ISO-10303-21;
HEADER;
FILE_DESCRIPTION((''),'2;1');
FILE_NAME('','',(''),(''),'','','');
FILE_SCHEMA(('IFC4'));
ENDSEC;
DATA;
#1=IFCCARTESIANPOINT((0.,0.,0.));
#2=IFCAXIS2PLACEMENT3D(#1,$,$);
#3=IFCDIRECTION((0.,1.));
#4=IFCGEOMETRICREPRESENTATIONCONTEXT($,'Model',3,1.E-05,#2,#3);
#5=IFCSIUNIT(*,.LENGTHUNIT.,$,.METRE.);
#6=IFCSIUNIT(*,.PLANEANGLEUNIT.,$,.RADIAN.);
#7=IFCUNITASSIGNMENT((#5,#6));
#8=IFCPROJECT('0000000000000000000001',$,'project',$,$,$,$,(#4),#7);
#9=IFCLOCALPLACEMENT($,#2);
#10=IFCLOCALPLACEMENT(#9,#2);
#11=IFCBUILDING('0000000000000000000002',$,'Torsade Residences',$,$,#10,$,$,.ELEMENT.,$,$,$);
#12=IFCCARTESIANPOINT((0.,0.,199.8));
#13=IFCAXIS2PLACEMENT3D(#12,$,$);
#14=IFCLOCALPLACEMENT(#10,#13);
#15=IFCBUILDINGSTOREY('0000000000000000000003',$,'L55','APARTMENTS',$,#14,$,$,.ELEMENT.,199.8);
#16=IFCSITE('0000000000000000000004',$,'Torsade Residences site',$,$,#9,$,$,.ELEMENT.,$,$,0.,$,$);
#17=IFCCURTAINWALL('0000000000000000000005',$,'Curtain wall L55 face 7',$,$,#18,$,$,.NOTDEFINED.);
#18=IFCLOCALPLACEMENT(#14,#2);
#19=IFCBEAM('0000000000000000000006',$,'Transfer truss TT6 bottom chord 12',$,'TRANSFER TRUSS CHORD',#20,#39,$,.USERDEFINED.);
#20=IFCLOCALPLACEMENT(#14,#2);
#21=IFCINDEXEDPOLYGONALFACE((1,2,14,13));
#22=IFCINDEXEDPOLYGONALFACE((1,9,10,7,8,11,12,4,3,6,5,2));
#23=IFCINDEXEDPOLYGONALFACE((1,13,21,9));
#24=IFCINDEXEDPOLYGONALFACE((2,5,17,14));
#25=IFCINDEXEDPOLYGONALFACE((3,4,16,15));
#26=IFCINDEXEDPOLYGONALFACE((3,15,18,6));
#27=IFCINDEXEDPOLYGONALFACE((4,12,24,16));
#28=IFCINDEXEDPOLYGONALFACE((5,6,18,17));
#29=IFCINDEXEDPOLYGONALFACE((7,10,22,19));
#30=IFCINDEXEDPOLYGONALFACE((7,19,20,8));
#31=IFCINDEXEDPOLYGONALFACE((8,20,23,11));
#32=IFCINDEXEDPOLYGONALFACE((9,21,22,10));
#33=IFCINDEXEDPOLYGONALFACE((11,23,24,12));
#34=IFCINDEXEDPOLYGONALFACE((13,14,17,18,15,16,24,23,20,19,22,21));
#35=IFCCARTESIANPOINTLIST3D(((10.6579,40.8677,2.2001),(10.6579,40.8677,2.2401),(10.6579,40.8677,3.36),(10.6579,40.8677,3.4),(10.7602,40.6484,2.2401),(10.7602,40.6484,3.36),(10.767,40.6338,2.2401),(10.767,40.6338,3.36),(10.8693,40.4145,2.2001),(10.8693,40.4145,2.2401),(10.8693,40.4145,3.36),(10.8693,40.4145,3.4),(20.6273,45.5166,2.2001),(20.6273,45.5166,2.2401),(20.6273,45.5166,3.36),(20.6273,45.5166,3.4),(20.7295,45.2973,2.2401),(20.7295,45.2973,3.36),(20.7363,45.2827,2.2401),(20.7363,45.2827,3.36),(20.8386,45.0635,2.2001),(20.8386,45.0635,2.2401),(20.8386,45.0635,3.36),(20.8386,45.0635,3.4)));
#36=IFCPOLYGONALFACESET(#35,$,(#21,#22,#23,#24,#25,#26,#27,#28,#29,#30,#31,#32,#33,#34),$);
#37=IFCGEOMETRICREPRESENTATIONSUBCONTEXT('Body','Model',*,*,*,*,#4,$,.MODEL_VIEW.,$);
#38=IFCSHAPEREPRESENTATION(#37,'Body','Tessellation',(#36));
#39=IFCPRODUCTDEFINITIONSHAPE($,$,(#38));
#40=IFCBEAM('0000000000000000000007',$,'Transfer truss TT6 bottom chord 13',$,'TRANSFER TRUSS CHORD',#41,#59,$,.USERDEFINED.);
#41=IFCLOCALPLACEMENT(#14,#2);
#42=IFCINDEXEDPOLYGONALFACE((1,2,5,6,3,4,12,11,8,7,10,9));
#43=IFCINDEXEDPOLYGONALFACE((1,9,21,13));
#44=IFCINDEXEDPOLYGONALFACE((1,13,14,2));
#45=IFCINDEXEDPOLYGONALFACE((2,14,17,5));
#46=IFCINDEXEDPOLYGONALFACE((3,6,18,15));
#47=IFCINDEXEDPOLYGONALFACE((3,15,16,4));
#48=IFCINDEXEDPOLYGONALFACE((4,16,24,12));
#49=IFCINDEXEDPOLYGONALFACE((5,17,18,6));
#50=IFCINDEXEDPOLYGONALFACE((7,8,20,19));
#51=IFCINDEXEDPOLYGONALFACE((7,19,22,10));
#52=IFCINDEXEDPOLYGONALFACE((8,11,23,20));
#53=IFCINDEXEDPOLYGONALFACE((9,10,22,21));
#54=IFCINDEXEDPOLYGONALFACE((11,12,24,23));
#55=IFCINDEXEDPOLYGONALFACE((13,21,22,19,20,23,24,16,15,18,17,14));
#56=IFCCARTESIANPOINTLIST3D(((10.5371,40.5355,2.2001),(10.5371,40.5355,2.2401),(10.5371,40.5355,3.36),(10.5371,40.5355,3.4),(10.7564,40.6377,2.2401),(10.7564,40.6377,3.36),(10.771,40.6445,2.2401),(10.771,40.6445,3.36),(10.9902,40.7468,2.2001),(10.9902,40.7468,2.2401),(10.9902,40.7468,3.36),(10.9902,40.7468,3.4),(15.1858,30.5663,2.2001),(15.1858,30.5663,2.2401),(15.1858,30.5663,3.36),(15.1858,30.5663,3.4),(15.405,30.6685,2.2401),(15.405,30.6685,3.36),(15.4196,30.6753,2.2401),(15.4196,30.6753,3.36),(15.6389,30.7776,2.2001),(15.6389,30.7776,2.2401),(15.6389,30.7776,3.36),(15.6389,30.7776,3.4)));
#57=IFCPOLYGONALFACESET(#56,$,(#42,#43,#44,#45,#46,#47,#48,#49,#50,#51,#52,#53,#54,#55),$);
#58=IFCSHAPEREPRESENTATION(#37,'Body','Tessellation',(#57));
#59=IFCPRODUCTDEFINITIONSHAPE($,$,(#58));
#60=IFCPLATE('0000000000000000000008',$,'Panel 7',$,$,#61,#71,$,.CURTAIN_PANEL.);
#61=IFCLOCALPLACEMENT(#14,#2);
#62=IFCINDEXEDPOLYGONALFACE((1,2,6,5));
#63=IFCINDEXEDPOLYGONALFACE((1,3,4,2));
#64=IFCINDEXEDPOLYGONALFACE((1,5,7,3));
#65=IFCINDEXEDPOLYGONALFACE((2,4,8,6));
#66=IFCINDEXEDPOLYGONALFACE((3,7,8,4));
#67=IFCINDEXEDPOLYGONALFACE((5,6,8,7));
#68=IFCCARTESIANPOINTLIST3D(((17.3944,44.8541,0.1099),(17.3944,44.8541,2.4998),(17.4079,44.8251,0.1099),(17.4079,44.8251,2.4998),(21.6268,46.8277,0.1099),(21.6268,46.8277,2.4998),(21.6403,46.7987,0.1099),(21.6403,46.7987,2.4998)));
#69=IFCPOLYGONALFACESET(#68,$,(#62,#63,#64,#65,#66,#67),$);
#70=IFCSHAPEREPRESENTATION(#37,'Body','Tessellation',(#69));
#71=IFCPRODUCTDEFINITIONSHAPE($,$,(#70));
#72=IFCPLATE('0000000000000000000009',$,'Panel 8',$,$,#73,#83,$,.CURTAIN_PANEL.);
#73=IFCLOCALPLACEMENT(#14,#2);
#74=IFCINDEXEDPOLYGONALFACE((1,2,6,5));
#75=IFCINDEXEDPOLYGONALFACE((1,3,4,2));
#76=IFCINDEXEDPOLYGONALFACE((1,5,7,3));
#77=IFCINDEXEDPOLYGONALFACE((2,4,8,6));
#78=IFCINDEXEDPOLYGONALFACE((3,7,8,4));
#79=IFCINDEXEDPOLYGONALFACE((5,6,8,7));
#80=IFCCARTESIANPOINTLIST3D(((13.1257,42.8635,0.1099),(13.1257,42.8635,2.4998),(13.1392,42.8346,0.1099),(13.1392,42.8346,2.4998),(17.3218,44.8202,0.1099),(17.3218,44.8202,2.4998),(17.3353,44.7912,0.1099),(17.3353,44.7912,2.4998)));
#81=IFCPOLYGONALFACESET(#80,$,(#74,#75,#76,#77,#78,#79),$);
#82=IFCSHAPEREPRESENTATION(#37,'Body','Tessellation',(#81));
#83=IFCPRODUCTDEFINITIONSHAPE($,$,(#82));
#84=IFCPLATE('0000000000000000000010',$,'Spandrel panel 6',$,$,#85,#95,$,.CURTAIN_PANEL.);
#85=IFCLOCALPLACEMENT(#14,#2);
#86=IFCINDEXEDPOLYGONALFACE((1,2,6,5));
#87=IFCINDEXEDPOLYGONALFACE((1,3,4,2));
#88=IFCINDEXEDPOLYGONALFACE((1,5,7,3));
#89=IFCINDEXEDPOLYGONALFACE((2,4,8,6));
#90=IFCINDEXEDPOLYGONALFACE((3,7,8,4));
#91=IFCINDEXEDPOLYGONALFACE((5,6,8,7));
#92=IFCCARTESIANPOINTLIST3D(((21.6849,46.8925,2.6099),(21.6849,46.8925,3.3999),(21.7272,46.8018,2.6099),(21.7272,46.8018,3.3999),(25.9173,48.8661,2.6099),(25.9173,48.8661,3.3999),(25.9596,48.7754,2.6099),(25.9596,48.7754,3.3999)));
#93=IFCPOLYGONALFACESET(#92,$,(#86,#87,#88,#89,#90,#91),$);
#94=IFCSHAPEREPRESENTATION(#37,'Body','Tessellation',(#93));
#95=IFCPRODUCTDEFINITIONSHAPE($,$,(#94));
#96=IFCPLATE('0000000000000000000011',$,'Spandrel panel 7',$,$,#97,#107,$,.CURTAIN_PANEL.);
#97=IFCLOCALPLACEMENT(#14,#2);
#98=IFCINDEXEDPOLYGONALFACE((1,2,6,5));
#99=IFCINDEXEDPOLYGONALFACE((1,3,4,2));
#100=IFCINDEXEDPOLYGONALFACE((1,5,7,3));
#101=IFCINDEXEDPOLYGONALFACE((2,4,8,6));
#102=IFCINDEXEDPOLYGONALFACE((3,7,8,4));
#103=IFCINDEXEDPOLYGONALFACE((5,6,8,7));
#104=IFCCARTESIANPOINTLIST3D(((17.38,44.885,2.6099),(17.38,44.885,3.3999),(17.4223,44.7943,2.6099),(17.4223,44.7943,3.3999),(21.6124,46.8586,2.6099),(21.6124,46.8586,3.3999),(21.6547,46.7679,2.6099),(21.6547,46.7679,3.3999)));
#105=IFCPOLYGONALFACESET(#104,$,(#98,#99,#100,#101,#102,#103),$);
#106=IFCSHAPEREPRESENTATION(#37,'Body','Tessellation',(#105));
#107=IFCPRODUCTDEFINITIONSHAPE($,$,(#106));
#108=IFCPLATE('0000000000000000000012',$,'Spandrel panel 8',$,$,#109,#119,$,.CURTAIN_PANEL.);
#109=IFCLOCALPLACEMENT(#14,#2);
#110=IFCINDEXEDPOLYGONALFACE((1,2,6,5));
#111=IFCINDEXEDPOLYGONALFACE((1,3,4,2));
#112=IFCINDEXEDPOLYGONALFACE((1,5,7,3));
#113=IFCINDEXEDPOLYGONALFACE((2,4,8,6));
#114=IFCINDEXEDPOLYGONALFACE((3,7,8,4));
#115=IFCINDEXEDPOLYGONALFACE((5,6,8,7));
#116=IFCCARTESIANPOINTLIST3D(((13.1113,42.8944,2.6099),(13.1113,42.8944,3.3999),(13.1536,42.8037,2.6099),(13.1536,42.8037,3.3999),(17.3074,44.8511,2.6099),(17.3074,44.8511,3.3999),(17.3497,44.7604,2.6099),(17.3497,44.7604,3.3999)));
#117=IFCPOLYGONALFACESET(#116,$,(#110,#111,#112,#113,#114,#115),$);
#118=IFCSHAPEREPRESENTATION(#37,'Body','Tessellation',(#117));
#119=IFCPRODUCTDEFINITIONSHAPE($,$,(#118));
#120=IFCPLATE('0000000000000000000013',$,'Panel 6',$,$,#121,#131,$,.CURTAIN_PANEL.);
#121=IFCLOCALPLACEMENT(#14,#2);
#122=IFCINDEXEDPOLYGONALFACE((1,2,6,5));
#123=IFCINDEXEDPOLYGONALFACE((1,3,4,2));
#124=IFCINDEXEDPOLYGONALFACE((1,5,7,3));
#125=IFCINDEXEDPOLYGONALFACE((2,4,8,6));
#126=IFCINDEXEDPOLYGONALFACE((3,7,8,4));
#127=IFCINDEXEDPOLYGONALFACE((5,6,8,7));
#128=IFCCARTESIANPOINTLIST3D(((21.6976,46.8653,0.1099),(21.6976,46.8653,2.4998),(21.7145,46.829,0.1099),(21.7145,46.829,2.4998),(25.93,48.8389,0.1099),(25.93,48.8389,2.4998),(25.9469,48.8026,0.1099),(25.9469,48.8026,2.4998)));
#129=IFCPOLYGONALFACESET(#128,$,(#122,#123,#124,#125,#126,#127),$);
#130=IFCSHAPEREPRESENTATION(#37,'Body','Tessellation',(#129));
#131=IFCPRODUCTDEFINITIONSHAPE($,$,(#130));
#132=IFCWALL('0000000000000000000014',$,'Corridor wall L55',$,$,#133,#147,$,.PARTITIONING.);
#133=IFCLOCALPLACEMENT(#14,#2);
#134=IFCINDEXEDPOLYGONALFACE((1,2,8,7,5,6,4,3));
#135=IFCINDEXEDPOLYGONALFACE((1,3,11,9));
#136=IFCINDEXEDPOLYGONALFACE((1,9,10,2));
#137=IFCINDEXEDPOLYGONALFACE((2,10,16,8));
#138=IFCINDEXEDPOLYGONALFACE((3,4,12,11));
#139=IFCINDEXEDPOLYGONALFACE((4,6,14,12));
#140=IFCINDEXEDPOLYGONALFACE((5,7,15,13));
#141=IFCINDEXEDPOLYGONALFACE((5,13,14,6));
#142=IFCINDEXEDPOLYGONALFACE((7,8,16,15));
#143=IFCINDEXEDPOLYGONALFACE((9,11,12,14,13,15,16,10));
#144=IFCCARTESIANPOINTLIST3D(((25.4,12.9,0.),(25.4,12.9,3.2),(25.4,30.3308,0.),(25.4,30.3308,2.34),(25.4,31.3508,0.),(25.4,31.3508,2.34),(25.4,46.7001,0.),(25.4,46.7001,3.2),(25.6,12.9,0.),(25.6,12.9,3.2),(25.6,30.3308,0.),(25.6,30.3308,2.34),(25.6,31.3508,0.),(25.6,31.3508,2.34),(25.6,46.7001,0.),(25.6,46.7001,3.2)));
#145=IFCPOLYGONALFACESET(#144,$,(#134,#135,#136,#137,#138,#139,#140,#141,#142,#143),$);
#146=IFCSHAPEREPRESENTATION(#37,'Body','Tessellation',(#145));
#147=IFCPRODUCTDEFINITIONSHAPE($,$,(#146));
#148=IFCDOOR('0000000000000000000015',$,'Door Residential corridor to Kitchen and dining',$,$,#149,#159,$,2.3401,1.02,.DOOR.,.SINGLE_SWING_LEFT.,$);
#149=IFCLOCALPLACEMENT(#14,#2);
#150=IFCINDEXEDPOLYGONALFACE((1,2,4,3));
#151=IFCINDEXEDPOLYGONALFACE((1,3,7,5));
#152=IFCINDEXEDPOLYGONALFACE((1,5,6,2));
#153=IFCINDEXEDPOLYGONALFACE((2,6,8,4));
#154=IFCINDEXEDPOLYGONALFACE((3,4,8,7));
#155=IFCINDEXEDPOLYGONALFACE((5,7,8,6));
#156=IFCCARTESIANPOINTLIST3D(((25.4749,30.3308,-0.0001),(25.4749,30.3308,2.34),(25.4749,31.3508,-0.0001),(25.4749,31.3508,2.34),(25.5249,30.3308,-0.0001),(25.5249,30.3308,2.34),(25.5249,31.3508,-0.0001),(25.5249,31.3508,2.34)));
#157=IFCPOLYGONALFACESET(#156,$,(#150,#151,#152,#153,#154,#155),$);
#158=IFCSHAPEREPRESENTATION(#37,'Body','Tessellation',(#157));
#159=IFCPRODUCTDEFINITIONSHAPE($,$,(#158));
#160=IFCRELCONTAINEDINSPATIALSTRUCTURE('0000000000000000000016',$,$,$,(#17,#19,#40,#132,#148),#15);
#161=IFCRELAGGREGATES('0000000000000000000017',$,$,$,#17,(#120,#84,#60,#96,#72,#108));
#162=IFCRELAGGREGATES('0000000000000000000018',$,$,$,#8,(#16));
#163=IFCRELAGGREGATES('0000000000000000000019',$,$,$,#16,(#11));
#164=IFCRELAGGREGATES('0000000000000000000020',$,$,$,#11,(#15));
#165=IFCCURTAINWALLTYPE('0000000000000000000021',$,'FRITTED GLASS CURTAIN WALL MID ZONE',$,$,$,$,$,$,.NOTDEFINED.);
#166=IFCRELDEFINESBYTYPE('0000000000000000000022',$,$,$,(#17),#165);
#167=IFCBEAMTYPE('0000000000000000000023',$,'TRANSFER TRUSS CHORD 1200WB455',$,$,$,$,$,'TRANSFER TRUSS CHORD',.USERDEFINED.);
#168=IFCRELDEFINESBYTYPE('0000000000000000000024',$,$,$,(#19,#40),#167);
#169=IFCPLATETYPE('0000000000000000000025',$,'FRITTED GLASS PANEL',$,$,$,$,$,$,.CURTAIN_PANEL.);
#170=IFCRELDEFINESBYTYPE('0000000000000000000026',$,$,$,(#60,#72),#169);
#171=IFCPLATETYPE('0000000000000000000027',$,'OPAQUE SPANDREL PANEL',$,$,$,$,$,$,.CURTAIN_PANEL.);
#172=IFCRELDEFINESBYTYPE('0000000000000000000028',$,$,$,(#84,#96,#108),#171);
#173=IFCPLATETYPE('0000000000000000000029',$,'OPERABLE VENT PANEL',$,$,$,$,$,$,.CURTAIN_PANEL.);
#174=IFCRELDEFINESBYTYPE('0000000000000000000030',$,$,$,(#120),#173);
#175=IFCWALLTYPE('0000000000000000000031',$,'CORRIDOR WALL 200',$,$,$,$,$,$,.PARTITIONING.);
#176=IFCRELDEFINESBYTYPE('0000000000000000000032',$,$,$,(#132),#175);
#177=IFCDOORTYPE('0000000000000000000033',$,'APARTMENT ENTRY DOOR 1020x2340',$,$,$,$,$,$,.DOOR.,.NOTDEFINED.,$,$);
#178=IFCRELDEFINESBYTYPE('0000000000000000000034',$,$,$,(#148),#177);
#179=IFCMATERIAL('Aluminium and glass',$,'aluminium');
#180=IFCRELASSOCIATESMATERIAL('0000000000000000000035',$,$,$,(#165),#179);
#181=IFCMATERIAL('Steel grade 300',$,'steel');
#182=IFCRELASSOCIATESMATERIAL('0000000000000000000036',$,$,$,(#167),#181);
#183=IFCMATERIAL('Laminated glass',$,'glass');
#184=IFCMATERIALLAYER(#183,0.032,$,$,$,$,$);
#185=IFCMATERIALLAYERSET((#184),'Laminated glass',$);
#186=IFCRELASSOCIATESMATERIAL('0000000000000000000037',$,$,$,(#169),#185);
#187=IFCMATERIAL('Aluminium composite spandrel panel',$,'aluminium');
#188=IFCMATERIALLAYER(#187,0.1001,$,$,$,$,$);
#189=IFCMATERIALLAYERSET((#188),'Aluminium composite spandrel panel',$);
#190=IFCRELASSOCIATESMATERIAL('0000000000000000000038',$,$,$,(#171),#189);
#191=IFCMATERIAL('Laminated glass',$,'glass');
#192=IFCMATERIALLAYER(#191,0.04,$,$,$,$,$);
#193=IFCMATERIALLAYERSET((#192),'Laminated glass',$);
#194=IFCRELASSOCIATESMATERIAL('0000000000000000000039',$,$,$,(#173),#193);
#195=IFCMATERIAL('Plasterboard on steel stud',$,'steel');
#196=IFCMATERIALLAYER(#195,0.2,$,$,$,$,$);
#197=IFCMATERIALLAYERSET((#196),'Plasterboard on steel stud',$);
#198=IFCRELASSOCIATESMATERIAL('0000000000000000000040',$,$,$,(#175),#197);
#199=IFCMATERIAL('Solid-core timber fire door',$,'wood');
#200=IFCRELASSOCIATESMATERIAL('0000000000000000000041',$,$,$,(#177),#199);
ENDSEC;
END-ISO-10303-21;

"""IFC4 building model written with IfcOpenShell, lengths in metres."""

from ifc_helpers import new_model, si_unit, direction, frame, frame_2d, origin, origin_2d, place, context, subcontext, project, spatial, rectangle, i_section, extrude, material, layer, layer_set, material_profile, profile_set, type_object, element, fill, aggregate, save


model = new_model("IFC4")

# Units and contexts
model_context = context("Model", 3, precision=1e-05, world=origin(), true_north=direction((0.0, 1.0)))
body_context = subcontext(model_context, "Body", "Model", "MODEL_VIEW")
ifc_project = project(units=[si_unit("LENGTHUNIT", "METRE"), si_unit("PLANEANGLEUNIT", "RADIAN")], contexts=[model_context])

# Site, building, storey
site_placement = place(None, origin())
site = spatial("IfcSite", under=ifc_project, at=site_placement, Name="Torsade Residences site", CompositionType="ELEMENT", RefElevation=0.0)
building_placement = place(site_placement, origin())
building = spatial("IfcBuilding", under=site, at=building_placement, Name="Torsade Residences", CompositionType="ELEMENT")
storey_placement = place(building_placement, frame((0.0, 0.0, 199.8)))
storey = spatial("IfcBuildingStorey", under=building, at=storey_placement, Name="L55", Description="APARTMENTS", CompositionType="ELEMENT", Elevation=199.8)

# Curtain wall
ifc_material_1 = material(Name="Aluminium and glass", Category="aluminium")
curtain_wall_type = type_object("IfcCurtainWallType", Name="FRITTED GLASS CURTAIN WALL MID ZONE", PredefinedType="NOTDEFINED", material=ifc_material_1)
curtain_wall_placement = place(storey_placement, origin())
curtain_wall = element("IfcCurtainWall", 1, at=curtain_wall_placement, inside=storey, type_object=curtain_wall_type, Name="Curtain wall L55 face 7", PredefinedType="NOTDEFINED")

# Beams
ifc_material_2 = material(Name="Steel grade 300", Category="steel")
ifc_material_profile_1 = material_profile(ifc_material_2, i_section(OverallWidth=0.5, OverallDepth=1.2, WebThickness=0.0161, FlangeThickness=0.04, at=origin_2d()), Name="1200WB455")
ifc_profile_set_1 = profile_set([ifc_material_profile_1], Name="Steel grade 300")
beam_type_1 = type_object("IfcBeamType", Name="TRANSFER TRUSS CHORD 1200WB455", ElementType="TRANSFER TRUSS CHORD", PredefinedType="USERDEFINED", material=ifc_profile_set_1)
beam_1_placement = place(storey_placement, frame((20.7329, 45.29, 2.8), z_axis=(-0.906301, -0.422633, 0.0), x_axis=(0.422633, -0.906301, 0.0)))
element("IfcBeam", 2, at=beam_1_placement, inside=storey, type_object=beam_type_1, Name="Transfer truss TT6 bottom chord 12", ObjectType="TRANSFER TRUSS CHORD", PredefinedType="USERDEFINED", context=body_context, shape_type="SweptSolid", body=[
    extrude(i_section(OverallWidth=0.5, OverallDepth=1.2, WebThickness=0.0161, FlangeThickness=0.04, at=origin_2d()), origin(), (0.0, 0.0, 1.0), 11.0),
])
beam_2_placement = place(storey_placement, frame((10.7637, 40.6411, 2.8), z_axis=(0.422614, -0.90631, 0.0), x_axis=(0.90631, 0.422614, 0.0)))
element("IfcBeam", 3, at=beam_2_placement, inside=storey, type_object=beam_type_1, Name="Transfer truss TT6 bottom chord 13", ObjectType="TRANSFER TRUSS CHORD", PredefinedType="USERDEFINED", context=body_context, shape_type="SweptSolid", body=[
    extrude(i_section(OverallWidth=0.5, OverallDepth=1.2, WebThickness=0.0161, FlangeThickness=0.04, at=origin_2d()), origin(), (0.0, 0.0, 1.0), 10.9998),
])

# Plates
ifc_material_3 = material(Name="Laminated glass", Category="glass")
ifc_layer_1 = layer(ifc_material_3, 0.032)
ifc_layer_set_1 = layer_set([ifc_layer_1], Name="Laminated glass")
plate_type_1 = type_object("IfcPlateType", Name="FRITTED GLASS PANEL", PredefinedType="CURTAIN_PANEL", material=ifc_layer_set_1)
plate_1_placement = place(storey_placement, frame((19.5173, 45.8264, 0.1099), z_axis=(0.0, 0.0, 1.0), x_axis=(-0.906308, -0.422618, 0.0)))
plate_1 = element("IfcPlate", 4, at=plate_1_placement, type_object=plate_type_1, Name="Panel 7", PredefinedType="CURTAIN_PANEL", context=body_context, shape_type="SweptSolid", body=[
    extrude(rectangle(XDim=4.6699, YDim=0.032, at=origin_2d()), origin(), (0.0, 0.0, 1.0), 2.3899),
])
plate_2_placement = place(storey_placement, frame((15.2305, 43.8274, 0.1099), z_axis=(0.0, 0.0, 1.0), x_axis=(-0.906308, -0.422618, 0.0)))
plate_2 = element("IfcPlate", 5, at=plate_2_placement, type_object=plate_type_1, Name="Panel 8", PredefinedType="CURTAIN_PANEL", context=body_context, shape_type="SweptSolid", body=[
    extrude(rectangle(XDim=4.6299, YDim=0.032, at=origin_2d()), origin(), (0.0, 0.0, 1.0), 2.3899),
])
ifc_material_4 = material(Name="Aluminium composite spandrel panel", Category="aluminium")
ifc_layer_2 = layer(ifc_material_4, 0.1001)
ifc_layer_set_2 = layer_set([ifc_layer_2], Name="Aluminium composite spandrel panel")
plate_type_2 = type_object("IfcPlateType", Name="OPAQUE SPANDREL PANEL", PredefinedType="CURTAIN_PANEL", material=ifc_layer_set_2)
plate_3_placement = place(storey_placement, frame((23.8223, 47.834, 2.6099), z_axis=(0.0, 0.0, 1.0), x_axis=(-0.906308, -0.422618, 0.0)))
plate_3 = element("IfcPlate", 6, at=plate_3_placement, type_object=plate_type_2, Name="Spandrel panel 6", PredefinedType="CURTAIN_PANEL", context=body_context, shape_type="SweptSolid", body=[
    extrude(rectangle(XDim=4.6699, YDim=0.1001, at=origin_2d()), origin(), (0.0, 0.0, 1.0), 0.79),
])
plate_4_placement = place(storey_placement, frame((19.5173, 45.8264, 2.6099), z_axis=(0.0, 0.0, 1.0), x_axis=(-0.906308, -0.422618, 0.0)))
plate_4 = element("IfcPlate", 7, at=plate_4_placement, type_object=plate_type_2, Name="Spandrel panel 7", PredefinedType="CURTAIN_PANEL", context=body_context, shape_type="SweptSolid", body=[
    extrude(rectangle(XDim=4.6699, YDim=0.1001, at=origin_2d()), origin(), (0.0, 0.0, 1.0), 0.79),
])
plate_5_placement = place(storey_placement, frame((15.2305, 43.8274, 2.6099), z_axis=(0.0, 0.0, 1.0), x_axis=(-0.906308, -0.422618, 0.0)))
plate_5 = element("IfcPlate", 8, at=plate_5_placement, type_object=plate_type_2, Name="Spandrel panel 8", PredefinedType="CURTAIN_PANEL", context=body_context, shape_type="SweptSolid", body=[
    extrude(rectangle(XDim=4.6299, YDim=0.1001, at=origin_2d()), origin(), (0.0, 0.0, 1.0), 0.79),
])
ifc_material_5 = material(Name="Laminated glass", Category="glass")
ifc_layer_3 = layer(ifc_material_5, 0.04)
ifc_layer_set_3 = layer_set([ifc_layer_3], Name="Laminated glass")
plate_type_3 = type_object("IfcPlateType", Name="OPERABLE VENT PANEL", PredefinedType="CURTAIN_PANEL", material=ifc_layer_set_3)
plate_6_placement = place(storey_placement, frame((23.8223, 47.834, 0.1099), z_axis=(0.0, 0.0, 1.0), x_axis=(-0.906308, -0.422618, 0.0)))
plate_6 = element("IfcPlate", 9, at=plate_6_placement, type_object=plate_type_3, Name="Panel 6", PredefinedType="CURTAIN_PANEL", context=body_context, shape_type="SweptSolid", body=[
    extrude(rectangle(XDim=4.6699, YDim=0.04, at=origin_2d()), origin(), (0.0, 0.0, 1.0), 2.3899),
])
aggregate(curtain_wall, [plate_6, plate_3, plate_1, plate_4, plate_2, plate_5])

# Wall, opening, door
ifc_material_6 = material(Name="Plasterboard on steel stud", Category="steel")
ifc_layer_4 = layer(ifc_material_6, 0.2)
ifc_layer_set_4 = layer_set([ifc_layer_4], Name="Plasterboard on steel stud")
wall_type_1 = type_object("IfcWallType", Name="CORRIDOR WALL 200", PredefinedType="PARTITIONING", material=ifc_layer_set_4)
wall_1_placement = place(storey_placement, frame((25.5, 46.7, 0.0), z_axis=(0.0, 0.0, 1.0), x_axis=(0.0, -1.0, 0.0)))
wall_1 = element("IfcWall", 10, at=wall_1_placement, inside=storey, type_object=wall_type_1, Name="Corridor wall L55", PredefinedType="PARTITIONING", context=body_context, shape_type="SweptSolid", body=[
    extrude(rectangle(XDim=33.8, YDim=0.2, at=frame_2d((16.8999, 0.0))), origin(), (0.0, 0.0, 1.0), 3.2),
])
opening_1_placement = place(wall_1_placement, frame((15.3491, 0.0, 0.0)))
opening_1 = element("IfcOpeningElement", 11, at=opening_1_placement, cuts=wall_1, PredefinedType="OPENING", context=body_context, shape_type="SweptSolid", body=[
    extrude(rectangle(XDim=1.02, YDim=2.3401, at=frame_2d((0.51, 1.1699))), frame((0.0, 0.1099, 0.0), z_axis=(0.0, -1.0, 0.0), x_axis=(1.0, 0.0, 0.0)), (0.0, 0.0, 1.0), 0.22),
])
ifc_material_7 = material(Name="Solid-core timber fire door", Category="wood")
door_type_1 = type_object("IfcDoorType", Name="APARTMENT ENTRY DOOR 1020x2340", OperationType="NOTDEFINED", PredefinedType="DOOR", material=ifc_material_7)
door_1_placement = place(opening_1_placement, origin())
door_1 = element("IfcDoor", 12, at=door_1_placement, inside=storey, type_object=door_type_1, Name="Door Residential corridor to Kitchen and dining", OperationType="SINGLE_SWING_LEFT", OverallHeight=2.3401, OverallWidth=1.02, PredefinedType="DOOR", context=body_context, shape_type="SweptSolid", body=[
    extrude(rectangle(XDim=1.02, YDim=2.3401, at=frame_2d((0.51, 1.1699))), frame((0.0, 0.0249, 0.0), z_axis=(0.0, -1.0, 0.0), x_axis=(1.0, 0.0, 0.0)), (0.0, 0.0, 1.0), 0.05),
])
fill(opening_1, door_1)

save(model, "model.ifc")
